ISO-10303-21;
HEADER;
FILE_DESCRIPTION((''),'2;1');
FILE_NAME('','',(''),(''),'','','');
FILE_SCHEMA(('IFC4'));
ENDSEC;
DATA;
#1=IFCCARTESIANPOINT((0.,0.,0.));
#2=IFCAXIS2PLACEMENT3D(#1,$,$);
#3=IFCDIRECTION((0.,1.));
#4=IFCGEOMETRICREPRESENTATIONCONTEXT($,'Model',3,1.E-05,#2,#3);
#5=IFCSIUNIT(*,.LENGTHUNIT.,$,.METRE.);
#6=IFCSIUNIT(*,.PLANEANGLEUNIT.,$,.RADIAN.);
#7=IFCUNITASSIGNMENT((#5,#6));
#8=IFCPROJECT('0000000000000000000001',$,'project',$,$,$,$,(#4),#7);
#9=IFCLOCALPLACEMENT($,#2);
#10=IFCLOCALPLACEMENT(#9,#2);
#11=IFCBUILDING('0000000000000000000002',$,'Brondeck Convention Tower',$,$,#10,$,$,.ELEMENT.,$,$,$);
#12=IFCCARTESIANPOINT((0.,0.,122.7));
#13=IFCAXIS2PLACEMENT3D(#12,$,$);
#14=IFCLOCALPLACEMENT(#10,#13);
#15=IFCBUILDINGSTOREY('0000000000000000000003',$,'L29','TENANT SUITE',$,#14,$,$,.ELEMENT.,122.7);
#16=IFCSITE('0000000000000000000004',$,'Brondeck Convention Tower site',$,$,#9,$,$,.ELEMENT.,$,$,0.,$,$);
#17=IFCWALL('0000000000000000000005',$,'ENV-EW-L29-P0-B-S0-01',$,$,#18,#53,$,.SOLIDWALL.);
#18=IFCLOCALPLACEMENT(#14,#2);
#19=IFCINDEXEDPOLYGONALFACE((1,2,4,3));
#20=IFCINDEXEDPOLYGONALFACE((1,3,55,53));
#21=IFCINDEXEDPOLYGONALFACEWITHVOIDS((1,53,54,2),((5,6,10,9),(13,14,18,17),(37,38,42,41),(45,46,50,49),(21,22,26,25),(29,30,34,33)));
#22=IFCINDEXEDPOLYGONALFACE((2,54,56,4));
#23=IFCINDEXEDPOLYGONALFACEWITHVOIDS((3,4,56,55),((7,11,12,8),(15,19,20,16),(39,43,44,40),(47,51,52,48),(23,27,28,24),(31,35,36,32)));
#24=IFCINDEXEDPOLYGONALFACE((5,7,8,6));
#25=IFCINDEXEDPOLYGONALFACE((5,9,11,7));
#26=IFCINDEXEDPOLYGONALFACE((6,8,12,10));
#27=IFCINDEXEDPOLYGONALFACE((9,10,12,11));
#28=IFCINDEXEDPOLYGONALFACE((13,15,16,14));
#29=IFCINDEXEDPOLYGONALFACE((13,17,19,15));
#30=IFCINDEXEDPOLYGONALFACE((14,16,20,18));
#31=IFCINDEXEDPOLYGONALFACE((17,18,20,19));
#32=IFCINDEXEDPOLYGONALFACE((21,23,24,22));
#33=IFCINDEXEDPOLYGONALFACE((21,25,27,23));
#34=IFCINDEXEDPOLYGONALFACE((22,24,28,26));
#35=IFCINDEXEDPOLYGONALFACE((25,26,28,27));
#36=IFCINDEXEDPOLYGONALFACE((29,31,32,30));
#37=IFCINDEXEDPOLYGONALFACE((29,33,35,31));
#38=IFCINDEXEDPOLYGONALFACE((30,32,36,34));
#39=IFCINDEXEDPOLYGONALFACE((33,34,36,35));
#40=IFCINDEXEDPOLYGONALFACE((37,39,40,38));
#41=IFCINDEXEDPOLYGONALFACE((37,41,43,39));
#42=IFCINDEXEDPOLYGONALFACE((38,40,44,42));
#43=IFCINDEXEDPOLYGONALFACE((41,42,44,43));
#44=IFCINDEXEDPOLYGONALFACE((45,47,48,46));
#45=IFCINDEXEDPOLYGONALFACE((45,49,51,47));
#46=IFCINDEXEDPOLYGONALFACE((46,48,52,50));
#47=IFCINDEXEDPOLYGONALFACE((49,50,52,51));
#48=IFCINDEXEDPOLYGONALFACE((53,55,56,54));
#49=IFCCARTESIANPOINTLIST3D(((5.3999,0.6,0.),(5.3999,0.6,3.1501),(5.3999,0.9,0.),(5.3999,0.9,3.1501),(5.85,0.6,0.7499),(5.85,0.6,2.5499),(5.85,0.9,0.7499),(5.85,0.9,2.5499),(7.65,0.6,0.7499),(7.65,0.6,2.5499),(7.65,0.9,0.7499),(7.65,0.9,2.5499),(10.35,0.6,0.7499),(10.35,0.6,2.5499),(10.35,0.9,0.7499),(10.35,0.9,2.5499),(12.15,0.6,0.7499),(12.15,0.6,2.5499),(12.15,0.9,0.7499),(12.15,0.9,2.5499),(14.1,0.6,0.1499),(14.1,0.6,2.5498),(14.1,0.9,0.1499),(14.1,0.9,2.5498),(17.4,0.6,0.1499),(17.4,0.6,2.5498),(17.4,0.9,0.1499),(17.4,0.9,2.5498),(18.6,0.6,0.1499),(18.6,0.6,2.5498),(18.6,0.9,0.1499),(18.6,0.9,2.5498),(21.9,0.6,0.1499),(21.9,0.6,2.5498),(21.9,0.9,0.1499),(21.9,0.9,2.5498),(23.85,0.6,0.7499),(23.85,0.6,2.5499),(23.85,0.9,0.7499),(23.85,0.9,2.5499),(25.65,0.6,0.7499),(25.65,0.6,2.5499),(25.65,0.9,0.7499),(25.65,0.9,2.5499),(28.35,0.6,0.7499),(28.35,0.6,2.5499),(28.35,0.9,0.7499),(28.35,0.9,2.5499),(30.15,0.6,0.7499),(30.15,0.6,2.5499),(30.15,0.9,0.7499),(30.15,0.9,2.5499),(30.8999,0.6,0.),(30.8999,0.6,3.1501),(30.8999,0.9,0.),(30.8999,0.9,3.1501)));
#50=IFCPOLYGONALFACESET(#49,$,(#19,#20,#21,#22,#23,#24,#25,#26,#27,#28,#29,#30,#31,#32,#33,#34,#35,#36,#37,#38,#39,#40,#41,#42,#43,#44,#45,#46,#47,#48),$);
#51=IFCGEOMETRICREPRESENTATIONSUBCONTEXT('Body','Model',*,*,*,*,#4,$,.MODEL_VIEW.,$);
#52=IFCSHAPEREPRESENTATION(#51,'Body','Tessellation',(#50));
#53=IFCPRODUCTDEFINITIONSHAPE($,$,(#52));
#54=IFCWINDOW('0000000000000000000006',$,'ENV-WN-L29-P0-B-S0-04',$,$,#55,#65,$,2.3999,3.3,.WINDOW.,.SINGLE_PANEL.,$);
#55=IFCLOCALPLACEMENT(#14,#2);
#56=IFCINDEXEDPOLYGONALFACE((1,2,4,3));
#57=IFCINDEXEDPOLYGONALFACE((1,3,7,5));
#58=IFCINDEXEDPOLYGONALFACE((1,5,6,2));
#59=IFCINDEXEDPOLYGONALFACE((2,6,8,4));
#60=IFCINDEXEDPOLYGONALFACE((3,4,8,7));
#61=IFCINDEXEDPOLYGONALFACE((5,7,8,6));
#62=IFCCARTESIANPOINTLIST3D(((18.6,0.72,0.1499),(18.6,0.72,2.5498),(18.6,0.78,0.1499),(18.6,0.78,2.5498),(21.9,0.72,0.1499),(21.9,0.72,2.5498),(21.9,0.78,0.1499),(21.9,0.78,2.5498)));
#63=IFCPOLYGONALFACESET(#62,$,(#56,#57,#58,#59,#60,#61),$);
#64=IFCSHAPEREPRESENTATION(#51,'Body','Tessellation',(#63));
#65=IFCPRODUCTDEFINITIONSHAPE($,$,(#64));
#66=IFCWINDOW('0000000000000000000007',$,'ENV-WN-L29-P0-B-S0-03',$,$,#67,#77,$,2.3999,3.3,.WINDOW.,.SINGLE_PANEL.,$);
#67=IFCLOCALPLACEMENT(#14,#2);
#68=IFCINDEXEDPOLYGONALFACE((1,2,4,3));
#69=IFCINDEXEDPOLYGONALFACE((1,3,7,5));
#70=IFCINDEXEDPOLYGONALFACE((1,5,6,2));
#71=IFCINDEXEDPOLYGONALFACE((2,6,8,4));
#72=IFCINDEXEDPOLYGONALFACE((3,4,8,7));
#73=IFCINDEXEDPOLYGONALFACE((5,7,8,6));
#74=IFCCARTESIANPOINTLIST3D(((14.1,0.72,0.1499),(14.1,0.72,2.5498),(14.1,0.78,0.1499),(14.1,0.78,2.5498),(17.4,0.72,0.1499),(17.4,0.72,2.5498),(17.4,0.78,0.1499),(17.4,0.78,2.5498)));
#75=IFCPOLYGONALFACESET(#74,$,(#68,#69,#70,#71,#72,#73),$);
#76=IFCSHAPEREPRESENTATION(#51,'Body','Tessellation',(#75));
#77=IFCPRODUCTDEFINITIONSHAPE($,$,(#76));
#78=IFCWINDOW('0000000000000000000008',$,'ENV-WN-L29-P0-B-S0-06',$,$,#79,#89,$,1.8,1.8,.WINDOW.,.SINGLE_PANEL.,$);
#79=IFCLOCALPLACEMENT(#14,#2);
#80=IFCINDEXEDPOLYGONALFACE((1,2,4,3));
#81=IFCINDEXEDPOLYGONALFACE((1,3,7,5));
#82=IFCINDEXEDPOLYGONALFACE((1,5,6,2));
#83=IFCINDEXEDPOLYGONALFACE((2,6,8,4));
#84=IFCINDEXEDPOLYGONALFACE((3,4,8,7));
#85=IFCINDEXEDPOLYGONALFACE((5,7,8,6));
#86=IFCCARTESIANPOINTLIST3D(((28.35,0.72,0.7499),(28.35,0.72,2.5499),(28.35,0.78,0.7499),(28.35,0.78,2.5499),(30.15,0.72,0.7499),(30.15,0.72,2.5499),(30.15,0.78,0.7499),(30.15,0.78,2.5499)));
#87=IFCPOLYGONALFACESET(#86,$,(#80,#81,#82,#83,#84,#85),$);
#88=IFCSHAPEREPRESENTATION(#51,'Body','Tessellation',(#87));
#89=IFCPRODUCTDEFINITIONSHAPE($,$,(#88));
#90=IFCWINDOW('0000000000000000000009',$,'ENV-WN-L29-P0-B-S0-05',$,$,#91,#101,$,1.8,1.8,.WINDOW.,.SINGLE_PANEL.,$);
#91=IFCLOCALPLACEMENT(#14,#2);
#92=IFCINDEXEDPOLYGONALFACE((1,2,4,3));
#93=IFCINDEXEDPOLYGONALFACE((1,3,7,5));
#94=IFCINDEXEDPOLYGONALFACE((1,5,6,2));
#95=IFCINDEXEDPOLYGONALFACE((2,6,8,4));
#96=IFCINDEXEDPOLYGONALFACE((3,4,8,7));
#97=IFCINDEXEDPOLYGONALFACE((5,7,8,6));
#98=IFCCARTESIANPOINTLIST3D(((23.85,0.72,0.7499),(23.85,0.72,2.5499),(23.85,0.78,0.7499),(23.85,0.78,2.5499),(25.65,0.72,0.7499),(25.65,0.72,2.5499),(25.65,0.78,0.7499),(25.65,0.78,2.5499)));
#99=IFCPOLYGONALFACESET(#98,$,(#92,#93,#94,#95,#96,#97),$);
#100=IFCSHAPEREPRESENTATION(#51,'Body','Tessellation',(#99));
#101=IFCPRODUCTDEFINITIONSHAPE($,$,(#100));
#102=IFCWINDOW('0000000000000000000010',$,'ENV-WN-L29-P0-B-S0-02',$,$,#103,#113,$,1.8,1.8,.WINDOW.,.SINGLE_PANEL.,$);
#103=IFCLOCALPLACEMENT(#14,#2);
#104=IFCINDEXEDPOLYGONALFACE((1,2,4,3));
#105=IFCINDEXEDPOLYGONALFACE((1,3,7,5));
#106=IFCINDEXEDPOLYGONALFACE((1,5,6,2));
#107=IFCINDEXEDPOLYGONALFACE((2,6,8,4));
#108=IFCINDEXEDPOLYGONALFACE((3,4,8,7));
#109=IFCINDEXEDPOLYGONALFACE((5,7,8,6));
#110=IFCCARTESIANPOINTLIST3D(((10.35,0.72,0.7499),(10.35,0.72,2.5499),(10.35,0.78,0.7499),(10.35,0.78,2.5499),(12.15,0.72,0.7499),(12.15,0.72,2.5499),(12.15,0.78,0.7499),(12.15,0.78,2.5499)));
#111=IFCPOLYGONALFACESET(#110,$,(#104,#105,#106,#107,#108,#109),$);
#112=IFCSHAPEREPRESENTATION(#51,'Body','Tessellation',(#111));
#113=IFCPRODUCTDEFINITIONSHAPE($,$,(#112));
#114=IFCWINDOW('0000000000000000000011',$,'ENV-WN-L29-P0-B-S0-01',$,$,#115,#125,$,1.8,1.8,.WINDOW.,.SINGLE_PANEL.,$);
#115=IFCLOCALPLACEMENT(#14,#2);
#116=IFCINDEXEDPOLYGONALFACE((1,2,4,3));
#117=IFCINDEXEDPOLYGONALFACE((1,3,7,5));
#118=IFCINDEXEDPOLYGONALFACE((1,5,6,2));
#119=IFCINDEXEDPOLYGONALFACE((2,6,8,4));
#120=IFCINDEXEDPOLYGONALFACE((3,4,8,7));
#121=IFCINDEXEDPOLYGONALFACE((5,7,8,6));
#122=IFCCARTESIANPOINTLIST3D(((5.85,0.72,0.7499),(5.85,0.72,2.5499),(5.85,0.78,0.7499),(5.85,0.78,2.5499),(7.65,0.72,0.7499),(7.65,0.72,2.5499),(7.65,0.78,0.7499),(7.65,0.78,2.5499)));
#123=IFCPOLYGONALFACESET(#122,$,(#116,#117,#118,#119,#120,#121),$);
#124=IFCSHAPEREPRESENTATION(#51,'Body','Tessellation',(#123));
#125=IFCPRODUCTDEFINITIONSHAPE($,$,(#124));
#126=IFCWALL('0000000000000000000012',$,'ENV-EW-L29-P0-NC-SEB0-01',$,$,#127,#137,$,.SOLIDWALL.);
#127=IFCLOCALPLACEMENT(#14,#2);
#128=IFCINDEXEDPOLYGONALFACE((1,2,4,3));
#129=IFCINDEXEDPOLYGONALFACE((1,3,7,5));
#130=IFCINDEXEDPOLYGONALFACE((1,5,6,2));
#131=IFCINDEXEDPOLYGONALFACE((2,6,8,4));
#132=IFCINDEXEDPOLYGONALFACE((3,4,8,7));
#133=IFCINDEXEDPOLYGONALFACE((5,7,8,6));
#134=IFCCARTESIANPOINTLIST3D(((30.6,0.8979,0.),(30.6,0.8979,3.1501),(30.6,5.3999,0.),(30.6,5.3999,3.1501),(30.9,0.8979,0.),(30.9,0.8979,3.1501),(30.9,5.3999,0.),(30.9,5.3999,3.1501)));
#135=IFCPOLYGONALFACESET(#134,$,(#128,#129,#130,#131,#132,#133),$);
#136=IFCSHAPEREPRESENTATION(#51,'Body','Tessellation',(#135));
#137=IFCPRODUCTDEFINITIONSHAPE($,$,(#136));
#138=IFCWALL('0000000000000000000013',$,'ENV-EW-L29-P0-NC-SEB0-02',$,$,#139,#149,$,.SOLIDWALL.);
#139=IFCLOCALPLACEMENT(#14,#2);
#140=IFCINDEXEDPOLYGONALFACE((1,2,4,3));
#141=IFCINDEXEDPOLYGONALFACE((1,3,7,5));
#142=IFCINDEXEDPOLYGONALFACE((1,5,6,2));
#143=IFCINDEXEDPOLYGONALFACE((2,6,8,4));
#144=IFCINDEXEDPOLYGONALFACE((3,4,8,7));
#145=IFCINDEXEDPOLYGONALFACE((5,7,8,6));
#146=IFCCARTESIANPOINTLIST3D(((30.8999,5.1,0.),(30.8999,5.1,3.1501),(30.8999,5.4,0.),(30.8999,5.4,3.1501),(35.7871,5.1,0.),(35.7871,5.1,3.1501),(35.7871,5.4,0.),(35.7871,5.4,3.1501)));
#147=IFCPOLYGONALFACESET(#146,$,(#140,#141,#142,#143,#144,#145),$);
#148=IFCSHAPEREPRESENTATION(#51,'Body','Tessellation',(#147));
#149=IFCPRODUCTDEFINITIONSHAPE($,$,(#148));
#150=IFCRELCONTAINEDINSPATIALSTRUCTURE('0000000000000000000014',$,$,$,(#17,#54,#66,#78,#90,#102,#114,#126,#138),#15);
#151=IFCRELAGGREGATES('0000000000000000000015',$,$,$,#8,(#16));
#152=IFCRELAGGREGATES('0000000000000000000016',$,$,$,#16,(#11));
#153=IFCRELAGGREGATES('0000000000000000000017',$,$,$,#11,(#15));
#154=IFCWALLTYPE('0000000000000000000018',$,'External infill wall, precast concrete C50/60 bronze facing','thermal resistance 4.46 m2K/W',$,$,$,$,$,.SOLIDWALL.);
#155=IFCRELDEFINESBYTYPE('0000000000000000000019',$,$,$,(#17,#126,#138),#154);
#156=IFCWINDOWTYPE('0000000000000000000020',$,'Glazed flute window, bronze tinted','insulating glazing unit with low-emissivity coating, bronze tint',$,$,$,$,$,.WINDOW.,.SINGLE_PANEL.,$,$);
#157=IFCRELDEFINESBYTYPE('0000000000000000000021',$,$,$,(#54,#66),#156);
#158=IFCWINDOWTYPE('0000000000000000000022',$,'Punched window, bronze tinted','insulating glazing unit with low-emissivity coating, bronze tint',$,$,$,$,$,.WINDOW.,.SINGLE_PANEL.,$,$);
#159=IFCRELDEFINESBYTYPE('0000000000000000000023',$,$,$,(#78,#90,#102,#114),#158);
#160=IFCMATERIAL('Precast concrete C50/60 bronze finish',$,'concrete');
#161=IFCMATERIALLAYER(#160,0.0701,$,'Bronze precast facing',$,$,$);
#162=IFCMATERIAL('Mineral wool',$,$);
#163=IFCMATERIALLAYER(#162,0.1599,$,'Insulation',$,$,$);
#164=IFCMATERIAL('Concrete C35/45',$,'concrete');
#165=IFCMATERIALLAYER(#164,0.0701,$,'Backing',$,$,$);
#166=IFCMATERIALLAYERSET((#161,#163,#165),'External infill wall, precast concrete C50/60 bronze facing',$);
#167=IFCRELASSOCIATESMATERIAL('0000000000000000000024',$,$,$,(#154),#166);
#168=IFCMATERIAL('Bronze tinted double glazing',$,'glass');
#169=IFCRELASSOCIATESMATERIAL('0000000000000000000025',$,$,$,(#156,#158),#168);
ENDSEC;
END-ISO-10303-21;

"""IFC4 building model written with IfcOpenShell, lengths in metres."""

from ifc_helpers import new_model, si_unit, direction, frame, frame_2d, origin, place, context, subcontext, project, spatial, rectangle, extrude, material, layer, layer_set, type_object, element, fill, save


model = new_model("IFC4")

# Units and contexts
model_context = context("Model", 3, precision=1e-05, world=origin(), true_north=direction((0.0, 1.0)))
body_context = subcontext(model_context, "Body", "Model", "MODEL_VIEW")
ifc_project = project(units=[si_unit("LENGTHUNIT", "METRE"), si_unit("PLANEANGLEUNIT", "RADIAN")], contexts=[model_context])

# Site, building, storey
site_placement = place(None, origin())
site = spatial("IfcSite", under=ifc_project, at=site_placement, Name="Brondeck Convention Tower site", CompositionType="ELEMENT", RefElevation=0.0)
building_placement = place(site_placement, origin())
building = spatial("IfcBuilding", under=site, at=building_placement, Name="Brondeck Convention Tower", CompositionType="ELEMENT")
storey_placement = place(building_placement, frame((0.0, 0.0, 122.7)))
storey = spatial("IfcBuildingStorey", under=building, at=storey_placement, Name="L29", Description="TENANT SUITE", CompositionType="ELEMENT", Elevation=122.7)

# Wall, openings, windows
ifc_material_1 = material(Name="Precast concrete C50/60 bronze finish", Category="concrete")
ifc_layer_1 = layer(ifc_material_1, 0.0701, Name="Bronze precast facing")
ifc_material_2 = material(Name="Mineral wool")
ifc_layer_2 = layer(ifc_material_2, 0.1599, Name="Insulation")
ifc_material_3 = material(Name="Concrete C35/45", Category="concrete")
ifc_layer_3 = layer(ifc_material_3, 0.0701, Name="Backing")
ifc_layer_set = layer_set([ifc_layer_1, ifc_layer_2, ifc_layer_3], Name="External infill wall, precast concrete C50/60 bronze facing")
wall_type = type_object("IfcWallType", Name="External infill wall, precast concrete C50/60 bronze facing", Description="thermal resistance 4.46 m2K/W", PredefinedType="SOLIDWALL", material=ifc_layer_set)
wall_1_placement = place(storey_placement, frame((30.8999, 0.75, 0.0), z_axis=(0.0, 0.0, 1.0), x_axis=(-1.0, 0.0, 0.0)))
wall_1 = element("IfcWall", 1, at=wall_1_placement, inside=storey, type_object=wall_type, Name="ENV-EW-L29-P0-B-S0-01", PredefinedType="SOLIDWALL", context=body_context, shape_type="SweptSolid", body=[
    extrude(rectangle(XDim=25.5, YDim=0.3, at=frame_2d((12.75, 0.0))), origin(), (0.0, 0.0, 1.0), 3.1501),
])
opening_1_placement = place(wall_1_placement, frame((0.75, 0.0, 0.75)))
opening_1 = element("IfcOpeningElement", 2, at=opening_1_placement, cuts=wall_1, PredefinedType="OPENING", context=body_context, shape_type="SweptSolid", body=[
    extrude(rectangle(XDim=1.8, YDim=1.8, at=frame_2d((0.8999, 0.8999))), frame((0.0, 0.1599, 0.0), z_axis=(0.0, -1.0, 0.0), x_axis=(1.0, 0.0, 0.0)), (0.0, 0.0, 1.0), 0.3201),
])
opening_2_placement = place(wall_1_placement, frame((5.25, 0.0, 0.75)))
opening_2 = element("IfcOpeningElement", 3, at=opening_2_placement, cuts=wall_1, PredefinedType="OPENING", context=body_context, shape_type="SweptSolid", body=[
    extrude(rectangle(XDim=1.8, YDim=1.8, at=frame_2d((0.8999, 0.8999))), frame((0.0, 0.1599, 0.0), z_axis=(0.0, -1.0, 0.0), x_axis=(1.0, 0.0, 0.0)), (0.0, 0.0, 1.0), 0.3201),
])
opening_3_placement = place(wall_1_placement, frame((9.0, 0.0, 0.1499)))
opening_3 = element("IfcOpeningElement", 4, at=opening_3_placement, cuts=wall_1, PredefinedType="OPENING", context=body_context, shape_type="SweptSolid", body=[
    extrude(rectangle(XDim=3.3, YDim=2.3999, at=frame_2d((1.6499, 1.2))), frame((0.0, 0.1599, 0.0), z_axis=(0.0, -1.0, 0.0), x_axis=(1.0, 0.0, 0.0)), (0.0, 0.0, 1.0), 0.3201),
])
opening_4_placement = place(wall_1_placement, frame((13.5, 0.0, 0.1499)))
opening_4 = element("IfcOpeningElement", 5, at=opening_4_placement, cuts=wall_1, PredefinedType="OPENING", context=body_context, shape_type="SweptSolid", body=[
    extrude(rectangle(XDim=3.3, YDim=2.3999, at=frame_2d((1.6499, 1.2))), frame((0.0, 0.1599, 0.0), z_axis=(0.0, -1.0, 0.0), x_axis=(1.0, 0.0, 0.0)), (0.0, 0.0, 1.0), 0.3201),
])
opening_5_placement = place(wall_1_placement, frame((18.75, 0.0, 0.75)))
opening_5 = element("IfcOpeningElement", 6, at=opening_5_placement, cuts=wall_1, PredefinedType="OPENING", context=body_context, shape_type="SweptSolid", body=[
    extrude(rectangle(XDim=1.8, YDim=1.8, at=frame_2d((0.8999, 0.8999))), frame((0.0, 0.1599, 0.0), z_axis=(0.0, -1.0, 0.0), x_axis=(1.0, 0.0, 0.0)), (0.0, 0.0, 1.0), 0.3201),
])
opening_6_placement = place(wall_1_placement, frame((23.25, 0.0, 0.75)))
opening_6 = element("IfcOpeningElement", 7, at=opening_6_placement, cuts=wall_1, PredefinedType="OPENING", context=body_context, shape_type="SweptSolid", body=[
    extrude(rectangle(XDim=1.8, YDim=1.8, at=frame_2d((0.8999, 0.8999))), frame((0.0, 0.1599, 0.0), z_axis=(0.0, -1.0, 0.0), x_axis=(1.0, 0.0, 0.0)), (0.0, 0.0, 1.0), 0.3201),
])
ifc_material_4 = material(Name="Bronze tinted double glazing", Category="glass")
window_type_1 = type_object("IfcWindowType", Name="Glazed flute window, bronze tinted", Description="insulating glazing unit with low-emissivity coating, bronze tint", PartitioningType="SINGLE_PANEL", PredefinedType="WINDOW", material=ifc_material_4)
window_1_placement = place(opening_3_placement, origin())
window_1 = element("IfcWindow", 8, at=window_1_placement, inside=storey, type_object=window_type_1, Name="ENV-WN-L29-P0-B-S0-04", OverallHeight=2.3999, OverallWidth=3.3, PartitioningType="SINGLE_PANEL", PredefinedType="WINDOW", context=body_context, shape_type="SweptSolid", body=[
    extrude(rectangle(XDim=3.3, YDim=2.3999, at=frame_2d((1.6499, 1.2))), frame((0.0, 0.03, 0.0), z_axis=(0.0, -1.0, 0.0), x_axis=(1.0, 0.0, 0.0)), (0.0, 0.0, 1.0), 0.0601),
])
fill(opening_3, window_1)
window_2_placement = place(opening_4_placement, origin())
window_2 = element("IfcWindow", 9, at=window_2_placement, inside=storey, type_object=window_type_1, Name="ENV-WN-L29-P0-B-S0-03", OverallHeight=2.3999, OverallWidth=3.3, PartitioningType="SINGLE_PANEL", PredefinedType="WINDOW", context=body_context, shape_type="SweptSolid", body=[
    extrude(rectangle(XDim=3.3, YDim=2.3999, at=frame_2d((1.6499, 1.2))), frame((0.0, 0.03, 0.0), z_axis=(0.0, -1.0, 0.0), x_axis=(1.0, 0.0, 0.0)), (0.0, 0.0, 1.0), 0.0601),
])
fill(opening_4, window_2)
window_type_2 = type_object("IfcWindowType", Name="Punched window, bronze tinted", Description="insulating glazing unit with low-emissivity coating, bronze tint", PartitioningType="SINGLE_PANEL", PredefinedType="WINDOW", material=ifc_material_4)
window_3_placement = place(opening_1_placement, origin())
window_3 = element("IfcWindow", 10, at=window_3_placement, inside=storey, type_object=window_type_2, Name="ENV-WN-L29-P0-B-S0-06", OverallHeight=1.8, OverallWidth=1.8, PartitioningType="SINGLE_PANEL", PredefinedType="WINDOW", context=body_context, shape_type="SweptSolid", body=[
    extrude(rectangle(XDim=1.8, YDim=1.8, at=frame_2d((0.8999, 0.8999))), frame((0.0, 0.03, 0.0), z_axis=(0.0, -1.0, 0.0), x_axis=(1.0, 0.0, 0.0)), (0.0, 0.0, 1.0), 0.0601),
])
fill(opening_1, window_3)
window_4_placement = place(opening_2_placement, origin())
window_4 = element("IfcWindow", 11, at=window_4_placement, inside=storey, type_object=window_type_2, Name="ENV-WN-L29-P0-B-S0-05", OverallHeight=1.8, OverallWidth=1.8, PartitioningType="SINGLE_PANEL", PredefinedType="WINDOW", context=body_context, shape_type="SweptSolid", body=[
    extrude(rectangle(XDim=1.8, YDim=1.8, at=frame_2d((0.8999, 0.8999))), frame((0.0, 0.03, 0.0), z_axis=(0.0, -1.0, 0.0), x_axis=(1.0, 0.0, 0.0)), (0.0, 0.0, 1.0), 0.0601),
])
fill(opening_2, window_4)
window_5_placement = place(opening_5_placement, origin())
window_5 = element("IfcWindow", 12, at=window_5_placement, inside=storey, type_object=window_type_2, Name="ENV-WN-L29-P0-B-S0-02", OverallHeight=1.8, OverallWidth=1.8, PartitioningType="SINGLE_PANEL", PredefinedType="WINDOW", context=body_context, shape_type="SweptSolid", body=[
    extrude(rectangle(XDim=1.8, YDim=1.8, at=frame_2d((0.8999, 0.8999))), frame((0.0, 0.03, 0.0), z_axis=(0.0, -1.0, 0.0), x_axis=(1.0, 0.0, 0.0)), (0.0, 0.0, 1.0), 0.0601),
])
fill(opening_5, window_5)
window_6_placement = place(opening_6_placement, origin())
window_6 = element("IfcWindow", 13, at=window_6_placement, inside=storey, type_object=window_type_2, Name="ENV-WN-L29-P0-B-S0-01", OverallHeight=1.8, OverallWidth=1.8, PartitioningType="SINGLE_PANEL", PredefinedType="WINDOW", context=body_context, shape_type="SweptSolid", body=[
    extrude(rectangle(XDim=1.8, YDim=1.8, at=frame_2d((0.8999, 0.8999))), frame((0.0, 0.03, 0.0), z_axis=(0.0, -1.0, 0.0), x_axis=(1.0, 0.0, 0.0)), (0.0, 0.0, 1.0), 0.0601),
])
fill(opening_6, window_6)

# Walls
wall_2_placement = place(storey_placement, frame((30.75, 5.3999, 0.0), z_axis=(0.0, 0.0, 1.0), x_axis=(0.0, -1.0, 0.0)))
element("IfcWall", 14, at=wall_2_placement, inside=storey, type_object=wall_type, Name="ENV-EW-L29-P0-NC-SEB0-01", PredefinedType="SOLIDWALL", context=body_context, shape_type="SweptSolid", body=[
    extrude(rectangle(XDim=4.502, YDim=0.3, at=frame_2d((2.251, 0.0))), origin(), (0.0, 0.0, 1.0), 3.1501),
])
wall_3_placement = place(storey_placement, frame((35.7871, 5.25, 0.0), z_axis=(0.0, 0.0, 1.0), x_axis=(-1.0, 0.0, 0.0)))
element("IfcWall", 15, at=wall_3_placement, inside=storey, type_object=wall_type, Name="ENV-EW-L29-P0-NC-SEB0-02", PredefinedType="SOLIDWALL", context=body_context, shape_type="SweptSolid", body=[
    extrude(rectangle(XDim=4.8872, YDim=0.3, at=frame_2d((2.4436, 0.0))), origin(), (0.0, 0.0, 1.0), 3.1501),
])

save(model, "model.ifc")
